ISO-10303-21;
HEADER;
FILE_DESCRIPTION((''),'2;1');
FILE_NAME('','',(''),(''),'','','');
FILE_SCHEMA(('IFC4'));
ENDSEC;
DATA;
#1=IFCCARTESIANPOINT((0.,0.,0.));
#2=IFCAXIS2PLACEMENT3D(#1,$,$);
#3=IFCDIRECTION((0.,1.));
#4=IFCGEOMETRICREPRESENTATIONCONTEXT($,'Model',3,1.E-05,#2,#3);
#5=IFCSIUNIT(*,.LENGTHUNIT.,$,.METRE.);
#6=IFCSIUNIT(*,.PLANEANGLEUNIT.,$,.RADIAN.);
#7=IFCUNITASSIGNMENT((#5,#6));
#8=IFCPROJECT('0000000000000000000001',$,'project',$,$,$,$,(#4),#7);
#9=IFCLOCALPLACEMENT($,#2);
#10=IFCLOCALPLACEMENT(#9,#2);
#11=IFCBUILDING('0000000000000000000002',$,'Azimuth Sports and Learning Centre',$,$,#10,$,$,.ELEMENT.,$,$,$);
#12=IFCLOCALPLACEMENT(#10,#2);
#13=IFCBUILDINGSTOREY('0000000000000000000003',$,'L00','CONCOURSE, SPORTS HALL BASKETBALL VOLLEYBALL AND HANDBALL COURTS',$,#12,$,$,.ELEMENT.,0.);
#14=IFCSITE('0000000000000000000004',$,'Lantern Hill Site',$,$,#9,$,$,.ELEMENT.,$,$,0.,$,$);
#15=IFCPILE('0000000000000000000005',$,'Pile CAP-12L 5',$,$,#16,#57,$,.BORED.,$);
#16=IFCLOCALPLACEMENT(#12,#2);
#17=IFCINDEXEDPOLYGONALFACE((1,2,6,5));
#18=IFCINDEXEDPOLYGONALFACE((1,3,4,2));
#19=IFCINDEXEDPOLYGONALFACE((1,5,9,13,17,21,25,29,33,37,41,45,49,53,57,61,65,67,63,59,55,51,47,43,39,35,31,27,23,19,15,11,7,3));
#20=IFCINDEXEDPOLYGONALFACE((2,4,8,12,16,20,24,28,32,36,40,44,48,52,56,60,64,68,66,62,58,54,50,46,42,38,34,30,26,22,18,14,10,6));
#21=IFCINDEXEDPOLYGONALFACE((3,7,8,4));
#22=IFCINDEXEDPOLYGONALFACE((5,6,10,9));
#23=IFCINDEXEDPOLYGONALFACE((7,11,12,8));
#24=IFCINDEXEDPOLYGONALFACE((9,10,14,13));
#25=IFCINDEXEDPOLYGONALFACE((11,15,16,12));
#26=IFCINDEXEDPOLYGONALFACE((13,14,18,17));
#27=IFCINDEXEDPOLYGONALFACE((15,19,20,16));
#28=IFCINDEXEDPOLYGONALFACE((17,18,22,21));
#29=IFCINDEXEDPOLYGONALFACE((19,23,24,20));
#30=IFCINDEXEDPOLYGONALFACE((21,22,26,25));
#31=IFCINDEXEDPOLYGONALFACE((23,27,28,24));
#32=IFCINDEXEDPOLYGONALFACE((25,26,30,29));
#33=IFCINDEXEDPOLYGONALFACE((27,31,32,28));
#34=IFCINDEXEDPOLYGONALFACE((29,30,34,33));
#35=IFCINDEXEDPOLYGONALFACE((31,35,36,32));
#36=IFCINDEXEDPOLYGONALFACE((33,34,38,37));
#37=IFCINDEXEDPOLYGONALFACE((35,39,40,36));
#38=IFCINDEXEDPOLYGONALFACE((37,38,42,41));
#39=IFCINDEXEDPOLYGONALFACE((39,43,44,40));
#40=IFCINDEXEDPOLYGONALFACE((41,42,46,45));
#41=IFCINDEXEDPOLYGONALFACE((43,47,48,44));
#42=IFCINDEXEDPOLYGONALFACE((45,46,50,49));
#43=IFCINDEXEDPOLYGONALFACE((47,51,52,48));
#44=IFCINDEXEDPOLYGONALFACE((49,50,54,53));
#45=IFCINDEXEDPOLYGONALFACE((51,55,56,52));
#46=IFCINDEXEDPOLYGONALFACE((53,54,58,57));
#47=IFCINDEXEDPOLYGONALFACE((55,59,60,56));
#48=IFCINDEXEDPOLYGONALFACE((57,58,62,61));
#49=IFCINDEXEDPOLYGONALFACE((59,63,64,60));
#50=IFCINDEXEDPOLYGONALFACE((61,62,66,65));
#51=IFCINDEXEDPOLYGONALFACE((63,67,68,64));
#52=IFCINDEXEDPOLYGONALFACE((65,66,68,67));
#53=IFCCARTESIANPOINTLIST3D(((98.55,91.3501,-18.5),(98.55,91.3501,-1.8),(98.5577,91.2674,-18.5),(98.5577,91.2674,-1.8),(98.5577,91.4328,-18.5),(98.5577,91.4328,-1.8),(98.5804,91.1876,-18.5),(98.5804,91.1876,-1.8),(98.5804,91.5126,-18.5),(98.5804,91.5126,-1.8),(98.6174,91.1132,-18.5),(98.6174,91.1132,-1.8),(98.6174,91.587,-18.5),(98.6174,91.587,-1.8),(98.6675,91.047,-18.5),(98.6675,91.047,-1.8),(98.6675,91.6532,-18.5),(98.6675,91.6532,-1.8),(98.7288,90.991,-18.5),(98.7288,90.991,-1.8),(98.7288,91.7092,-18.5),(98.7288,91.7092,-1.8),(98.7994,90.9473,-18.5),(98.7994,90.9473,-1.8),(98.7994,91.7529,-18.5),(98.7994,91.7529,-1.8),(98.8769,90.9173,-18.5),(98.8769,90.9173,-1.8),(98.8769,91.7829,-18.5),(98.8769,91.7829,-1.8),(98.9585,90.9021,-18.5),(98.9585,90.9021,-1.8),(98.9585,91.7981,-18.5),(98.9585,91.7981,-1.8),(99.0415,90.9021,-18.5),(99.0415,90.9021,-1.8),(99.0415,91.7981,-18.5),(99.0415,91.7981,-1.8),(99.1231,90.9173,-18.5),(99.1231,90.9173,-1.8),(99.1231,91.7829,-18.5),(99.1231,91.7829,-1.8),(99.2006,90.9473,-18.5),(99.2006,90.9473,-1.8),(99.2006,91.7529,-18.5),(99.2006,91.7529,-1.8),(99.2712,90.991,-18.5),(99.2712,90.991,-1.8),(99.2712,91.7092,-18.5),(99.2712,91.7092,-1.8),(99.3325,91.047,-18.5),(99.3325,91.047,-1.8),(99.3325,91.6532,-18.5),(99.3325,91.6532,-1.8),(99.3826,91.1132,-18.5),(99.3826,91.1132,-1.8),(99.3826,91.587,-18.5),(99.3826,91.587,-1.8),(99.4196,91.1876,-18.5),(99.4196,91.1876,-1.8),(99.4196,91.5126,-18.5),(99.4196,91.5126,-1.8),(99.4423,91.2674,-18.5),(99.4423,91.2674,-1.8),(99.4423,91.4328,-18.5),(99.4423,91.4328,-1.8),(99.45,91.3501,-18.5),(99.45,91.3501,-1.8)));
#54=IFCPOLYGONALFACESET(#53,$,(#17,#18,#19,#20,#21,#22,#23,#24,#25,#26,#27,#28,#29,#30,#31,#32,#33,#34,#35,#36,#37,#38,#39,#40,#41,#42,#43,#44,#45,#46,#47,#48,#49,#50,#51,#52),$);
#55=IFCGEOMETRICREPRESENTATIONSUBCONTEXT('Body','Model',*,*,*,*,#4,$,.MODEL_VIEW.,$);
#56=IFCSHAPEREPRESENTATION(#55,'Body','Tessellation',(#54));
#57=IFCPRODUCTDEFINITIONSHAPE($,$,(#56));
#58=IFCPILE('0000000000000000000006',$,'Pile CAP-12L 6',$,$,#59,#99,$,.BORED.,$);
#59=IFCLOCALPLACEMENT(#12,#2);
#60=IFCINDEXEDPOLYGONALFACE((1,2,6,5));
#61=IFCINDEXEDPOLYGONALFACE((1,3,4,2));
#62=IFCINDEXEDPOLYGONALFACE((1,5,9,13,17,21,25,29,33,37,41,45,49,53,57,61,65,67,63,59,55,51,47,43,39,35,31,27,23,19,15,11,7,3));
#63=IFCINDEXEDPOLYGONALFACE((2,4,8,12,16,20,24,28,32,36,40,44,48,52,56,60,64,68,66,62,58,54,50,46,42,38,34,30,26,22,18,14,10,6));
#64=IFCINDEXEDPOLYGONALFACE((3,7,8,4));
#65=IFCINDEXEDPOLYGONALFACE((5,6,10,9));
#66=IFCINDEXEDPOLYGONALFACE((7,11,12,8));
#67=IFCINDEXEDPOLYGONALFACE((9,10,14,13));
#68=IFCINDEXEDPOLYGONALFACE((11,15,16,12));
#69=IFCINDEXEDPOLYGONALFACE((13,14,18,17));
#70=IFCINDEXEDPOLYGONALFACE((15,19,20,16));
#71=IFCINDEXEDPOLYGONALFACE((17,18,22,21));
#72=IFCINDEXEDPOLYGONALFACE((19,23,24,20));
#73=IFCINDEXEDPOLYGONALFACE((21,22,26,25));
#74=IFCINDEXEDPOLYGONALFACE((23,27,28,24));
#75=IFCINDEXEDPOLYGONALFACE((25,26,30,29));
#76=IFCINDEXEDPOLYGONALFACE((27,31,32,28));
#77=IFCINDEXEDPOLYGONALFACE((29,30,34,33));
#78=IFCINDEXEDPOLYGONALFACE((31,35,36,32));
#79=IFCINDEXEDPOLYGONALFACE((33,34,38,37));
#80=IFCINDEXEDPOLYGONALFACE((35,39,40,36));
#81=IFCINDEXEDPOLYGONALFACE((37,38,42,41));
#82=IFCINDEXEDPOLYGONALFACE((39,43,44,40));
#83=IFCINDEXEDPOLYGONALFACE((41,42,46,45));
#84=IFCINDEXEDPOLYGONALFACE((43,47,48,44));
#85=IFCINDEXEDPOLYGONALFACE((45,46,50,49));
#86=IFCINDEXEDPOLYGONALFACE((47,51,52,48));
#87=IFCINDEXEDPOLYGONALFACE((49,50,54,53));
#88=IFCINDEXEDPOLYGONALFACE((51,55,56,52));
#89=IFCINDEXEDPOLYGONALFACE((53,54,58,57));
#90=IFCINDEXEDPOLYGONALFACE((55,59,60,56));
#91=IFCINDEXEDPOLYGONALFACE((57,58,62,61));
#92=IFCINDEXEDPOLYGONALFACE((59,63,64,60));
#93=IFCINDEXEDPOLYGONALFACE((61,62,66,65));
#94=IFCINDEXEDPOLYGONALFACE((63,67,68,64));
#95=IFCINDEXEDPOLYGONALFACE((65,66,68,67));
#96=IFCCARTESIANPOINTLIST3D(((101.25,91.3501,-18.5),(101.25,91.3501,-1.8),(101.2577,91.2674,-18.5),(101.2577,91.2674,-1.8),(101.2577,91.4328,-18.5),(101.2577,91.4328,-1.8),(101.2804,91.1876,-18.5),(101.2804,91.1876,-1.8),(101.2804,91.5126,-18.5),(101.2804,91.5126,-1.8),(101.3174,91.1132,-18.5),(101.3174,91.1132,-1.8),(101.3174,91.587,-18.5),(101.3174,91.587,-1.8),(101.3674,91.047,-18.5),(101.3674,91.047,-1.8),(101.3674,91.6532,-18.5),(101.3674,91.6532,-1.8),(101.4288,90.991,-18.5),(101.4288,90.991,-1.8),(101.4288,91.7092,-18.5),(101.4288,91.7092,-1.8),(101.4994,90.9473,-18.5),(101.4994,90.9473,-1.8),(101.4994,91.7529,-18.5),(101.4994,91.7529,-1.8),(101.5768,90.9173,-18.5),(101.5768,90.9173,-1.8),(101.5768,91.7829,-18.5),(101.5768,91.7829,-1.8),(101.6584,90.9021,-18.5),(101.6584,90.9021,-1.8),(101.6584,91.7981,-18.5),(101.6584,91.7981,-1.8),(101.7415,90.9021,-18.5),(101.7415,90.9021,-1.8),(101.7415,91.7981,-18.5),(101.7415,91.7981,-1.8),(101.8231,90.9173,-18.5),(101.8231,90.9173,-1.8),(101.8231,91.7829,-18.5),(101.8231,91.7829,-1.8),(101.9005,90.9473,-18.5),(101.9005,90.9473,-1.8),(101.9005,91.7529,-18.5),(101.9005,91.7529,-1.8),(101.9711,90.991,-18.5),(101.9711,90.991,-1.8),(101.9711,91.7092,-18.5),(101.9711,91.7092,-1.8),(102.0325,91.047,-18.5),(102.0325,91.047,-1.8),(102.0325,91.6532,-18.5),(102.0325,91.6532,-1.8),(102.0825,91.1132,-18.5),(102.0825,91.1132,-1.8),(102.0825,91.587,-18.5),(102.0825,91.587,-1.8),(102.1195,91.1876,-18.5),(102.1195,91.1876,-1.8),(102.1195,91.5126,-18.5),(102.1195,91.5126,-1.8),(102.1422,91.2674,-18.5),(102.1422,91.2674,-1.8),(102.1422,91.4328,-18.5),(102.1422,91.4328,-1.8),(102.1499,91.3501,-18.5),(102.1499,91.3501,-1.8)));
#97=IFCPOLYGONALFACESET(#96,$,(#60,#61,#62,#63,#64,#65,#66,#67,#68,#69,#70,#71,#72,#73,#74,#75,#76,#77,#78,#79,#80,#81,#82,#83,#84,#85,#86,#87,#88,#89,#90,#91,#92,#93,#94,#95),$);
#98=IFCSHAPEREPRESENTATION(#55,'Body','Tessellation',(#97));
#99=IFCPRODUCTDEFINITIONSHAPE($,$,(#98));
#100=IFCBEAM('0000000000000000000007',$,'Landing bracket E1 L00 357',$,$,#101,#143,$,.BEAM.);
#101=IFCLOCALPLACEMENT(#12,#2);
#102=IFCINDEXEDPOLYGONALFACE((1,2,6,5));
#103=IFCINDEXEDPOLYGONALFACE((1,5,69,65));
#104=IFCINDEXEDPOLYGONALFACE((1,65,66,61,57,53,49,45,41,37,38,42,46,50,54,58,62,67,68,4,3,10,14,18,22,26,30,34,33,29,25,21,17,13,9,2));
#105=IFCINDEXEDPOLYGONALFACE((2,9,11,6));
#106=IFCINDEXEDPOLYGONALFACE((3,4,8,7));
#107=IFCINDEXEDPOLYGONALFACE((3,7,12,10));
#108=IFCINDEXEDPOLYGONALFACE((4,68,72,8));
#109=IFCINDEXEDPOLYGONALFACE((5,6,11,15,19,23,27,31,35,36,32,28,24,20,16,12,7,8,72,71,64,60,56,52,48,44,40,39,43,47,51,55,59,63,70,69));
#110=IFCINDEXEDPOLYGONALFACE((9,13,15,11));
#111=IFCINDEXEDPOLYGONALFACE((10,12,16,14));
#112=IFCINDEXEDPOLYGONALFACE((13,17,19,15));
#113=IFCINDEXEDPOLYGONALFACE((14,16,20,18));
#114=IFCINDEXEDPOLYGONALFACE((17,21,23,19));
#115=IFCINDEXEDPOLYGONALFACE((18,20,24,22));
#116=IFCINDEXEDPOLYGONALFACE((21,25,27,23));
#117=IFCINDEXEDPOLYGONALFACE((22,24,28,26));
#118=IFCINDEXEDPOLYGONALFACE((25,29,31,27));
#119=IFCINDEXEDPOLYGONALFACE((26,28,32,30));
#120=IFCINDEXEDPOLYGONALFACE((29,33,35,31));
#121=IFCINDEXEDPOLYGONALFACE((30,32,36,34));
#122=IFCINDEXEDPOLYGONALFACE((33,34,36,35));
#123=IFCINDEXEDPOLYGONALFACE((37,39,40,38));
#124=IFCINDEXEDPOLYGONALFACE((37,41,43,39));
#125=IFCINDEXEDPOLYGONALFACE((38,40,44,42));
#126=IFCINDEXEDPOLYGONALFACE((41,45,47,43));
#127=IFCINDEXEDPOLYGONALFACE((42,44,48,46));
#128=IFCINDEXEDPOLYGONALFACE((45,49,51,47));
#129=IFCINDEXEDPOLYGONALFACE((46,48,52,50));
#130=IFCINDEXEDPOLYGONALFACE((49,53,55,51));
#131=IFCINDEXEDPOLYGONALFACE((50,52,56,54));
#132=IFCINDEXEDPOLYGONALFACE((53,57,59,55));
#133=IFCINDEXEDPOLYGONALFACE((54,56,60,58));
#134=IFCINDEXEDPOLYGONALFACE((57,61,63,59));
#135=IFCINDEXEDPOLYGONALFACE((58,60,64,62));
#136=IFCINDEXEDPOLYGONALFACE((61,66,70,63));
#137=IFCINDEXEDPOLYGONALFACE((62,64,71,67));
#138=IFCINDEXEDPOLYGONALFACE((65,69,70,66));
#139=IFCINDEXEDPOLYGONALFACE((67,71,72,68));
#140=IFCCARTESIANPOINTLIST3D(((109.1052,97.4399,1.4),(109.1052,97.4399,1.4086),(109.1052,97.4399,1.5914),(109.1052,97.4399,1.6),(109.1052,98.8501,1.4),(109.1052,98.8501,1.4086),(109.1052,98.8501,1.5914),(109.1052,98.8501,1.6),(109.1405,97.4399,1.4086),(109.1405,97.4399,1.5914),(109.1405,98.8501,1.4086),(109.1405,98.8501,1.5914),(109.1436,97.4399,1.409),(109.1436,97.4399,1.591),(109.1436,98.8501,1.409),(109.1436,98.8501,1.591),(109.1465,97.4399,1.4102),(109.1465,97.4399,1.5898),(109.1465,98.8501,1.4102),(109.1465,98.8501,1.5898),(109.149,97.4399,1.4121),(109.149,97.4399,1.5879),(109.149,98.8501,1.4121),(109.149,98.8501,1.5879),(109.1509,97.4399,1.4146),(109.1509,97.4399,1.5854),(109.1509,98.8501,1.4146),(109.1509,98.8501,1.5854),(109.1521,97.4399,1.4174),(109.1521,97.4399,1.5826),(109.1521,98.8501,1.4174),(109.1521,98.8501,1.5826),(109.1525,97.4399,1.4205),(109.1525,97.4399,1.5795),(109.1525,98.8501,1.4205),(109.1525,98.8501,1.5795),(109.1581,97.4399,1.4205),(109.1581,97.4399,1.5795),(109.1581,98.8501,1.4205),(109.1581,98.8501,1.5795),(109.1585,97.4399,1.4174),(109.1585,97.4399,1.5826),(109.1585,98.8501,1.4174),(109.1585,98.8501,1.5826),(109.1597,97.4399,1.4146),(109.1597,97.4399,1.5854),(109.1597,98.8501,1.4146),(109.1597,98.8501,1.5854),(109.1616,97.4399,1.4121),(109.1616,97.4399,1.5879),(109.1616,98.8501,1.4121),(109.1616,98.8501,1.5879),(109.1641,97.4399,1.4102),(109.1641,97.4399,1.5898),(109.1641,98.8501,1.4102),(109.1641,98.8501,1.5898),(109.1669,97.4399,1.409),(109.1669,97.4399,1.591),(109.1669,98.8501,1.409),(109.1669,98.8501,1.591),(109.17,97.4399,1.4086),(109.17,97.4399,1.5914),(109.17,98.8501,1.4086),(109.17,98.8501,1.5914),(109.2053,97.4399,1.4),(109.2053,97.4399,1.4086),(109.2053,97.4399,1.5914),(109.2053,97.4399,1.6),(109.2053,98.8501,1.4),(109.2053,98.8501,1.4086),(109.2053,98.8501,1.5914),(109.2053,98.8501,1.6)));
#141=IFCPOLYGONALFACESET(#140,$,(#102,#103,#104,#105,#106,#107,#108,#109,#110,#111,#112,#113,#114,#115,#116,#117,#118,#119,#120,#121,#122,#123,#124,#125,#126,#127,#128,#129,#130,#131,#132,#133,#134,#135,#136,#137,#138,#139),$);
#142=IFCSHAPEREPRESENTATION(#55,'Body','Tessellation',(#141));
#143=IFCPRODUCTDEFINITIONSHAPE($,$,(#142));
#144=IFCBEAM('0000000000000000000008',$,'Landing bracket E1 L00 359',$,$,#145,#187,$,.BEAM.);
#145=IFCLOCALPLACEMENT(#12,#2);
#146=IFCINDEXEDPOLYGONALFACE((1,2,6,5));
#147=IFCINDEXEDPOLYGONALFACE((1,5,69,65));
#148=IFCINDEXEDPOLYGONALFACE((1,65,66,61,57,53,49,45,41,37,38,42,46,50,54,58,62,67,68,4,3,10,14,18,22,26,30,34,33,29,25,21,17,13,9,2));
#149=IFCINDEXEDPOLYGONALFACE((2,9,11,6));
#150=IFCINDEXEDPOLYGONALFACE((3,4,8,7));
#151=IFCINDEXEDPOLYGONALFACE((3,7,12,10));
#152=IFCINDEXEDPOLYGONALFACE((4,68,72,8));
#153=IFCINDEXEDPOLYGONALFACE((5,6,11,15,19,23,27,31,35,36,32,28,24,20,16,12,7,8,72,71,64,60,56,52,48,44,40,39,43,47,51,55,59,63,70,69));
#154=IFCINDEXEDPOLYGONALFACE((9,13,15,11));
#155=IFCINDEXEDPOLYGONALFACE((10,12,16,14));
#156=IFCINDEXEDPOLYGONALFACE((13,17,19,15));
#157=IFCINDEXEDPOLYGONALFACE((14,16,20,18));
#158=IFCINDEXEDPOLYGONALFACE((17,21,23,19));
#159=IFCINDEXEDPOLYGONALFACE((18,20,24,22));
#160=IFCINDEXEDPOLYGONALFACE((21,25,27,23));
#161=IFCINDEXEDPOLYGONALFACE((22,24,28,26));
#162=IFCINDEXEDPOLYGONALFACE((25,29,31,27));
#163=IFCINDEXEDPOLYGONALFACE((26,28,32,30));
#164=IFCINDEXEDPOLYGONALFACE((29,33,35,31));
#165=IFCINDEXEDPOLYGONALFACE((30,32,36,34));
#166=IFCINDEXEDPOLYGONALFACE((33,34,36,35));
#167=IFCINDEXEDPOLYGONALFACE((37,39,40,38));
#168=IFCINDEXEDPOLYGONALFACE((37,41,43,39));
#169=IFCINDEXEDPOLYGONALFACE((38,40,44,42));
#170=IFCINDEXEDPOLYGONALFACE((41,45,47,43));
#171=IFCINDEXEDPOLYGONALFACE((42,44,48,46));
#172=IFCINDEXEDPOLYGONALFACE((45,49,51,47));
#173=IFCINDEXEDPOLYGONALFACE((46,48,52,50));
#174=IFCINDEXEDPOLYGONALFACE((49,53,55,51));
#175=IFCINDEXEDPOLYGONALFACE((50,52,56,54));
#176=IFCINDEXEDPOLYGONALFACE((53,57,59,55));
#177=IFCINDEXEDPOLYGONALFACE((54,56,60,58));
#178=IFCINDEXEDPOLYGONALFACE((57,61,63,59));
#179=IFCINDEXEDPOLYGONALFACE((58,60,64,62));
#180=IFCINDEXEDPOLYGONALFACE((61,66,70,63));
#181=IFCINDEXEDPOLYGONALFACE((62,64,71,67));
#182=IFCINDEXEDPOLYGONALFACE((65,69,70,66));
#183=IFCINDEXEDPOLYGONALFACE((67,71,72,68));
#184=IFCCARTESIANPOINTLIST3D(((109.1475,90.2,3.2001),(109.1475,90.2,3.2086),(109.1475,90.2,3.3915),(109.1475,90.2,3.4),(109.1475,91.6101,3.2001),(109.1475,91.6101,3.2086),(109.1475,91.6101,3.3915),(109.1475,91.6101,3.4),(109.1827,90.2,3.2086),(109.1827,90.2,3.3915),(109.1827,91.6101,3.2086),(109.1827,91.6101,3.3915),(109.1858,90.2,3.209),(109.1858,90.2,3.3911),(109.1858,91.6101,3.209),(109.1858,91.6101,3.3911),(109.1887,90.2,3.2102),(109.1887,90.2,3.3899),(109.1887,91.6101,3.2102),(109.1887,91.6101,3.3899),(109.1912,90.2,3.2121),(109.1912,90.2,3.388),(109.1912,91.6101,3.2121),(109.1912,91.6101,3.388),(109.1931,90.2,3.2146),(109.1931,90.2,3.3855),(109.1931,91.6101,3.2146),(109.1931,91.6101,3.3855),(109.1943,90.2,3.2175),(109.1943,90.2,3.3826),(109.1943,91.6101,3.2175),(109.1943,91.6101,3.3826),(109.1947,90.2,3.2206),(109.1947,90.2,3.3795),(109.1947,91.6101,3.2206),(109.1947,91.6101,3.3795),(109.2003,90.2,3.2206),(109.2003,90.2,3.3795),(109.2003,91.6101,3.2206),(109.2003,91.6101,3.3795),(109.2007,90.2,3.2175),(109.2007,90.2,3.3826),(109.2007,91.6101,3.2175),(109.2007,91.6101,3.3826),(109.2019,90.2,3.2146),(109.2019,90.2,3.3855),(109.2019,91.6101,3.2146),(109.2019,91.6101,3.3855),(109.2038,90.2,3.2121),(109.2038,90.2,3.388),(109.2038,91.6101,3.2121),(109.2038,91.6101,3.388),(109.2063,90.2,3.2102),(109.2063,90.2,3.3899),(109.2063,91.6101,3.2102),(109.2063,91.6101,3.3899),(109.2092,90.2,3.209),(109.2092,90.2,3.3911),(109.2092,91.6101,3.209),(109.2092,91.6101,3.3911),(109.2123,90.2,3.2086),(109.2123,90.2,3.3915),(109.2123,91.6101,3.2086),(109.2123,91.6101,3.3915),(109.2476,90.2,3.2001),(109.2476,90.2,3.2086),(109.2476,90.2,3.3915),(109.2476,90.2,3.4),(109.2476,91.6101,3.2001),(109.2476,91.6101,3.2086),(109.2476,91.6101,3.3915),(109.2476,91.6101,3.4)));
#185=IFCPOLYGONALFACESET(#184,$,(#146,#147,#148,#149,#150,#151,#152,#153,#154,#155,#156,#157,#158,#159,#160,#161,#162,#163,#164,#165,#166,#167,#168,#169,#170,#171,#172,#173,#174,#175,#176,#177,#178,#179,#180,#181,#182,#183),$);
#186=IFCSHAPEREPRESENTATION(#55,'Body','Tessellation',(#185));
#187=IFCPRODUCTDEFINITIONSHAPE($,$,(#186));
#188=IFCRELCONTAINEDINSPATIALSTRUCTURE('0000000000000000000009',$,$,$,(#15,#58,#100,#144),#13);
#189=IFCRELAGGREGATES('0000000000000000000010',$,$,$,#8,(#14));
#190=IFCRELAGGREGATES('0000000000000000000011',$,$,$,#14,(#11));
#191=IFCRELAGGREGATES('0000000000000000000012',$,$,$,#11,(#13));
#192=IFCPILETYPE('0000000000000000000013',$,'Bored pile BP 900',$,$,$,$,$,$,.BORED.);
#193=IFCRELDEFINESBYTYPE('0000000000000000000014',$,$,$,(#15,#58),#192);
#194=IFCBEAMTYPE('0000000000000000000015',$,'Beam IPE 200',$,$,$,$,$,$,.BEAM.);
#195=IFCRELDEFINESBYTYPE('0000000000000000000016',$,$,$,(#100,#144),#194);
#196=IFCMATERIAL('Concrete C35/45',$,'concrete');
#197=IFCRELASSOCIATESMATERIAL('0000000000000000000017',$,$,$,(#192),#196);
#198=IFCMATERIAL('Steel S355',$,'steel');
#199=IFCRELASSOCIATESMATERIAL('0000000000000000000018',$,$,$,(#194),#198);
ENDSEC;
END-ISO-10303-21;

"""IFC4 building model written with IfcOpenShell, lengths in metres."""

from ifc_helpers import new_model, si_unit, direction, frame, origin, origin_2d, place, context, subcontext, project, spatial, circle, i_section, extrude, material, material_profile, profile_set, type_object, element, save


model = new_model("IFC4")

# Units and contexts
model_context = context("Model", 3, precision=1e-05, world=origin(), true_north=direction((0.0, 1.0)))
body_context = subcontext(model_context, "Body", "Model", "MODEL_VIEW")
ifc_project = project(units=[si_unit("LENGTHUNIT", "METRE"), si_unit("PLANEANGLEUNIT", "RADIAN")], contexts=[model_context])

# Site, building, storey
site_placement = place(None, origin())
site = spatial("IfcSite", under=ifc_project, at=site_placement, Name="Lantern Hill Site", CompositionType="ELEMENT", RefElevation=0.0)
building_placement = place(site_placement, origin())
building = spatial("IfcBuilding", under=site, at=building_placement, Name="Azimuth Sports and Learning Centre", CompositionType="ELEMENT")
storey_placement = place(building_placement, origin())
storey = spatial("IfcBuildingStorey", under=building, at=storey_placement, Name="L00", Description="CONCOURSE, SPORTS HALL BASKETBALL VOLLEYBALL AND HANDBALL COURTS", CompositionType="ELEMENT", Elevation=0.0)

# Piles
ifc_material_1 = material(Name="Concrete C35/45", Category="concrete")
ifc_material_profile_1 = material_profile(ifc_material_1, circle(Radius=0.45, at=origin_2d()), Name="BP 900")
ifc_profile_set_1 = profile_set([ifc_material_profile_1], Name="Concrete C35/45")
pile_type = type_object("IfcPileType", Name="Bored pile BP 900", PredefinedType="BORED", material=ifc_profile_set_1)
for number, where, z_axis, x_axis, name in (
    (1, (99.0, 91.3501, -1.8), (0.0, 0.0, -1.0), (1.0, 0.0, 0.0), "Pile CAP-12L 5"),
    (2, (101.7, 91.3501, -1.8), (0.0, 0.0, -1.0), (1.0, 0.0, 0.0), "Pile CAP-12L 6"),
):
    element("IfcPile", number, at=place(storey_placement, frame(where, z_axis=z_axis, x_axis=x_axis)), inside=storey, type_object=pile_type, Name=name, PredefinedType="BORED", context=body_context, shape_type="SweptSolid", body=[
        extrude(circle(Radius=0.45, at=origin_2d()), origin(), (0.0, 0.0, 1.0), 16.7),
    ])

# Beams
ifc_material_2 = material(Name="Steel S355", Category="steel")
ifc_material_profile_2 = material_profile(ifc_material_2, i_section(OverallWidth=0.1001, OverallDepth=0.2, WebThickness=0.0056, FlangeThickness=0.0085, FilletRadius=0.012, at=origin_2d()), Name="IPE 200")
ifc_profile_set_2 = profile_set([ifc_material_profile_2], Name="Steel S355")
beam_type = type_object("IfcBeamType", Name="Beam IPE 200", PredefinedType="BEAM", material=ifc_profile_set_2)
for number, where, z_axis, x_axis, name in (
    (3, (109.1553, 98.8501, 1.5), (0.0, -1.0, 0.0), (1.0, 0.0, 0.0), "Landing bracket E1 L00 357"),
    (4, (109.1975, 90.2, 3.3), (0.0, 1.0, 0.0), (-1.0, 0.0, 0.0), "Landing bracket E1 L00 359"),
):
    element("IfcBeam", number, at=place(storey_placement, frame(where, z_axis=z_axis, x_axis=x_axis)), inside=storey, type_object=beam_type, Name=name, PredefinedType="BEAM", context=body_context, shape_type="SweptSolid", body=[
        extrude(i_section(OverallWidth=0.1001, OverallDepth=0.2, WebThickness=0.0056, FlangeThickness=0.0085, FilletRadius=0.012, at=origin_2d()), origin(), (0.0, 0.0, 1.0), 1.4102),
    ])

save(model, "model.ifc")
